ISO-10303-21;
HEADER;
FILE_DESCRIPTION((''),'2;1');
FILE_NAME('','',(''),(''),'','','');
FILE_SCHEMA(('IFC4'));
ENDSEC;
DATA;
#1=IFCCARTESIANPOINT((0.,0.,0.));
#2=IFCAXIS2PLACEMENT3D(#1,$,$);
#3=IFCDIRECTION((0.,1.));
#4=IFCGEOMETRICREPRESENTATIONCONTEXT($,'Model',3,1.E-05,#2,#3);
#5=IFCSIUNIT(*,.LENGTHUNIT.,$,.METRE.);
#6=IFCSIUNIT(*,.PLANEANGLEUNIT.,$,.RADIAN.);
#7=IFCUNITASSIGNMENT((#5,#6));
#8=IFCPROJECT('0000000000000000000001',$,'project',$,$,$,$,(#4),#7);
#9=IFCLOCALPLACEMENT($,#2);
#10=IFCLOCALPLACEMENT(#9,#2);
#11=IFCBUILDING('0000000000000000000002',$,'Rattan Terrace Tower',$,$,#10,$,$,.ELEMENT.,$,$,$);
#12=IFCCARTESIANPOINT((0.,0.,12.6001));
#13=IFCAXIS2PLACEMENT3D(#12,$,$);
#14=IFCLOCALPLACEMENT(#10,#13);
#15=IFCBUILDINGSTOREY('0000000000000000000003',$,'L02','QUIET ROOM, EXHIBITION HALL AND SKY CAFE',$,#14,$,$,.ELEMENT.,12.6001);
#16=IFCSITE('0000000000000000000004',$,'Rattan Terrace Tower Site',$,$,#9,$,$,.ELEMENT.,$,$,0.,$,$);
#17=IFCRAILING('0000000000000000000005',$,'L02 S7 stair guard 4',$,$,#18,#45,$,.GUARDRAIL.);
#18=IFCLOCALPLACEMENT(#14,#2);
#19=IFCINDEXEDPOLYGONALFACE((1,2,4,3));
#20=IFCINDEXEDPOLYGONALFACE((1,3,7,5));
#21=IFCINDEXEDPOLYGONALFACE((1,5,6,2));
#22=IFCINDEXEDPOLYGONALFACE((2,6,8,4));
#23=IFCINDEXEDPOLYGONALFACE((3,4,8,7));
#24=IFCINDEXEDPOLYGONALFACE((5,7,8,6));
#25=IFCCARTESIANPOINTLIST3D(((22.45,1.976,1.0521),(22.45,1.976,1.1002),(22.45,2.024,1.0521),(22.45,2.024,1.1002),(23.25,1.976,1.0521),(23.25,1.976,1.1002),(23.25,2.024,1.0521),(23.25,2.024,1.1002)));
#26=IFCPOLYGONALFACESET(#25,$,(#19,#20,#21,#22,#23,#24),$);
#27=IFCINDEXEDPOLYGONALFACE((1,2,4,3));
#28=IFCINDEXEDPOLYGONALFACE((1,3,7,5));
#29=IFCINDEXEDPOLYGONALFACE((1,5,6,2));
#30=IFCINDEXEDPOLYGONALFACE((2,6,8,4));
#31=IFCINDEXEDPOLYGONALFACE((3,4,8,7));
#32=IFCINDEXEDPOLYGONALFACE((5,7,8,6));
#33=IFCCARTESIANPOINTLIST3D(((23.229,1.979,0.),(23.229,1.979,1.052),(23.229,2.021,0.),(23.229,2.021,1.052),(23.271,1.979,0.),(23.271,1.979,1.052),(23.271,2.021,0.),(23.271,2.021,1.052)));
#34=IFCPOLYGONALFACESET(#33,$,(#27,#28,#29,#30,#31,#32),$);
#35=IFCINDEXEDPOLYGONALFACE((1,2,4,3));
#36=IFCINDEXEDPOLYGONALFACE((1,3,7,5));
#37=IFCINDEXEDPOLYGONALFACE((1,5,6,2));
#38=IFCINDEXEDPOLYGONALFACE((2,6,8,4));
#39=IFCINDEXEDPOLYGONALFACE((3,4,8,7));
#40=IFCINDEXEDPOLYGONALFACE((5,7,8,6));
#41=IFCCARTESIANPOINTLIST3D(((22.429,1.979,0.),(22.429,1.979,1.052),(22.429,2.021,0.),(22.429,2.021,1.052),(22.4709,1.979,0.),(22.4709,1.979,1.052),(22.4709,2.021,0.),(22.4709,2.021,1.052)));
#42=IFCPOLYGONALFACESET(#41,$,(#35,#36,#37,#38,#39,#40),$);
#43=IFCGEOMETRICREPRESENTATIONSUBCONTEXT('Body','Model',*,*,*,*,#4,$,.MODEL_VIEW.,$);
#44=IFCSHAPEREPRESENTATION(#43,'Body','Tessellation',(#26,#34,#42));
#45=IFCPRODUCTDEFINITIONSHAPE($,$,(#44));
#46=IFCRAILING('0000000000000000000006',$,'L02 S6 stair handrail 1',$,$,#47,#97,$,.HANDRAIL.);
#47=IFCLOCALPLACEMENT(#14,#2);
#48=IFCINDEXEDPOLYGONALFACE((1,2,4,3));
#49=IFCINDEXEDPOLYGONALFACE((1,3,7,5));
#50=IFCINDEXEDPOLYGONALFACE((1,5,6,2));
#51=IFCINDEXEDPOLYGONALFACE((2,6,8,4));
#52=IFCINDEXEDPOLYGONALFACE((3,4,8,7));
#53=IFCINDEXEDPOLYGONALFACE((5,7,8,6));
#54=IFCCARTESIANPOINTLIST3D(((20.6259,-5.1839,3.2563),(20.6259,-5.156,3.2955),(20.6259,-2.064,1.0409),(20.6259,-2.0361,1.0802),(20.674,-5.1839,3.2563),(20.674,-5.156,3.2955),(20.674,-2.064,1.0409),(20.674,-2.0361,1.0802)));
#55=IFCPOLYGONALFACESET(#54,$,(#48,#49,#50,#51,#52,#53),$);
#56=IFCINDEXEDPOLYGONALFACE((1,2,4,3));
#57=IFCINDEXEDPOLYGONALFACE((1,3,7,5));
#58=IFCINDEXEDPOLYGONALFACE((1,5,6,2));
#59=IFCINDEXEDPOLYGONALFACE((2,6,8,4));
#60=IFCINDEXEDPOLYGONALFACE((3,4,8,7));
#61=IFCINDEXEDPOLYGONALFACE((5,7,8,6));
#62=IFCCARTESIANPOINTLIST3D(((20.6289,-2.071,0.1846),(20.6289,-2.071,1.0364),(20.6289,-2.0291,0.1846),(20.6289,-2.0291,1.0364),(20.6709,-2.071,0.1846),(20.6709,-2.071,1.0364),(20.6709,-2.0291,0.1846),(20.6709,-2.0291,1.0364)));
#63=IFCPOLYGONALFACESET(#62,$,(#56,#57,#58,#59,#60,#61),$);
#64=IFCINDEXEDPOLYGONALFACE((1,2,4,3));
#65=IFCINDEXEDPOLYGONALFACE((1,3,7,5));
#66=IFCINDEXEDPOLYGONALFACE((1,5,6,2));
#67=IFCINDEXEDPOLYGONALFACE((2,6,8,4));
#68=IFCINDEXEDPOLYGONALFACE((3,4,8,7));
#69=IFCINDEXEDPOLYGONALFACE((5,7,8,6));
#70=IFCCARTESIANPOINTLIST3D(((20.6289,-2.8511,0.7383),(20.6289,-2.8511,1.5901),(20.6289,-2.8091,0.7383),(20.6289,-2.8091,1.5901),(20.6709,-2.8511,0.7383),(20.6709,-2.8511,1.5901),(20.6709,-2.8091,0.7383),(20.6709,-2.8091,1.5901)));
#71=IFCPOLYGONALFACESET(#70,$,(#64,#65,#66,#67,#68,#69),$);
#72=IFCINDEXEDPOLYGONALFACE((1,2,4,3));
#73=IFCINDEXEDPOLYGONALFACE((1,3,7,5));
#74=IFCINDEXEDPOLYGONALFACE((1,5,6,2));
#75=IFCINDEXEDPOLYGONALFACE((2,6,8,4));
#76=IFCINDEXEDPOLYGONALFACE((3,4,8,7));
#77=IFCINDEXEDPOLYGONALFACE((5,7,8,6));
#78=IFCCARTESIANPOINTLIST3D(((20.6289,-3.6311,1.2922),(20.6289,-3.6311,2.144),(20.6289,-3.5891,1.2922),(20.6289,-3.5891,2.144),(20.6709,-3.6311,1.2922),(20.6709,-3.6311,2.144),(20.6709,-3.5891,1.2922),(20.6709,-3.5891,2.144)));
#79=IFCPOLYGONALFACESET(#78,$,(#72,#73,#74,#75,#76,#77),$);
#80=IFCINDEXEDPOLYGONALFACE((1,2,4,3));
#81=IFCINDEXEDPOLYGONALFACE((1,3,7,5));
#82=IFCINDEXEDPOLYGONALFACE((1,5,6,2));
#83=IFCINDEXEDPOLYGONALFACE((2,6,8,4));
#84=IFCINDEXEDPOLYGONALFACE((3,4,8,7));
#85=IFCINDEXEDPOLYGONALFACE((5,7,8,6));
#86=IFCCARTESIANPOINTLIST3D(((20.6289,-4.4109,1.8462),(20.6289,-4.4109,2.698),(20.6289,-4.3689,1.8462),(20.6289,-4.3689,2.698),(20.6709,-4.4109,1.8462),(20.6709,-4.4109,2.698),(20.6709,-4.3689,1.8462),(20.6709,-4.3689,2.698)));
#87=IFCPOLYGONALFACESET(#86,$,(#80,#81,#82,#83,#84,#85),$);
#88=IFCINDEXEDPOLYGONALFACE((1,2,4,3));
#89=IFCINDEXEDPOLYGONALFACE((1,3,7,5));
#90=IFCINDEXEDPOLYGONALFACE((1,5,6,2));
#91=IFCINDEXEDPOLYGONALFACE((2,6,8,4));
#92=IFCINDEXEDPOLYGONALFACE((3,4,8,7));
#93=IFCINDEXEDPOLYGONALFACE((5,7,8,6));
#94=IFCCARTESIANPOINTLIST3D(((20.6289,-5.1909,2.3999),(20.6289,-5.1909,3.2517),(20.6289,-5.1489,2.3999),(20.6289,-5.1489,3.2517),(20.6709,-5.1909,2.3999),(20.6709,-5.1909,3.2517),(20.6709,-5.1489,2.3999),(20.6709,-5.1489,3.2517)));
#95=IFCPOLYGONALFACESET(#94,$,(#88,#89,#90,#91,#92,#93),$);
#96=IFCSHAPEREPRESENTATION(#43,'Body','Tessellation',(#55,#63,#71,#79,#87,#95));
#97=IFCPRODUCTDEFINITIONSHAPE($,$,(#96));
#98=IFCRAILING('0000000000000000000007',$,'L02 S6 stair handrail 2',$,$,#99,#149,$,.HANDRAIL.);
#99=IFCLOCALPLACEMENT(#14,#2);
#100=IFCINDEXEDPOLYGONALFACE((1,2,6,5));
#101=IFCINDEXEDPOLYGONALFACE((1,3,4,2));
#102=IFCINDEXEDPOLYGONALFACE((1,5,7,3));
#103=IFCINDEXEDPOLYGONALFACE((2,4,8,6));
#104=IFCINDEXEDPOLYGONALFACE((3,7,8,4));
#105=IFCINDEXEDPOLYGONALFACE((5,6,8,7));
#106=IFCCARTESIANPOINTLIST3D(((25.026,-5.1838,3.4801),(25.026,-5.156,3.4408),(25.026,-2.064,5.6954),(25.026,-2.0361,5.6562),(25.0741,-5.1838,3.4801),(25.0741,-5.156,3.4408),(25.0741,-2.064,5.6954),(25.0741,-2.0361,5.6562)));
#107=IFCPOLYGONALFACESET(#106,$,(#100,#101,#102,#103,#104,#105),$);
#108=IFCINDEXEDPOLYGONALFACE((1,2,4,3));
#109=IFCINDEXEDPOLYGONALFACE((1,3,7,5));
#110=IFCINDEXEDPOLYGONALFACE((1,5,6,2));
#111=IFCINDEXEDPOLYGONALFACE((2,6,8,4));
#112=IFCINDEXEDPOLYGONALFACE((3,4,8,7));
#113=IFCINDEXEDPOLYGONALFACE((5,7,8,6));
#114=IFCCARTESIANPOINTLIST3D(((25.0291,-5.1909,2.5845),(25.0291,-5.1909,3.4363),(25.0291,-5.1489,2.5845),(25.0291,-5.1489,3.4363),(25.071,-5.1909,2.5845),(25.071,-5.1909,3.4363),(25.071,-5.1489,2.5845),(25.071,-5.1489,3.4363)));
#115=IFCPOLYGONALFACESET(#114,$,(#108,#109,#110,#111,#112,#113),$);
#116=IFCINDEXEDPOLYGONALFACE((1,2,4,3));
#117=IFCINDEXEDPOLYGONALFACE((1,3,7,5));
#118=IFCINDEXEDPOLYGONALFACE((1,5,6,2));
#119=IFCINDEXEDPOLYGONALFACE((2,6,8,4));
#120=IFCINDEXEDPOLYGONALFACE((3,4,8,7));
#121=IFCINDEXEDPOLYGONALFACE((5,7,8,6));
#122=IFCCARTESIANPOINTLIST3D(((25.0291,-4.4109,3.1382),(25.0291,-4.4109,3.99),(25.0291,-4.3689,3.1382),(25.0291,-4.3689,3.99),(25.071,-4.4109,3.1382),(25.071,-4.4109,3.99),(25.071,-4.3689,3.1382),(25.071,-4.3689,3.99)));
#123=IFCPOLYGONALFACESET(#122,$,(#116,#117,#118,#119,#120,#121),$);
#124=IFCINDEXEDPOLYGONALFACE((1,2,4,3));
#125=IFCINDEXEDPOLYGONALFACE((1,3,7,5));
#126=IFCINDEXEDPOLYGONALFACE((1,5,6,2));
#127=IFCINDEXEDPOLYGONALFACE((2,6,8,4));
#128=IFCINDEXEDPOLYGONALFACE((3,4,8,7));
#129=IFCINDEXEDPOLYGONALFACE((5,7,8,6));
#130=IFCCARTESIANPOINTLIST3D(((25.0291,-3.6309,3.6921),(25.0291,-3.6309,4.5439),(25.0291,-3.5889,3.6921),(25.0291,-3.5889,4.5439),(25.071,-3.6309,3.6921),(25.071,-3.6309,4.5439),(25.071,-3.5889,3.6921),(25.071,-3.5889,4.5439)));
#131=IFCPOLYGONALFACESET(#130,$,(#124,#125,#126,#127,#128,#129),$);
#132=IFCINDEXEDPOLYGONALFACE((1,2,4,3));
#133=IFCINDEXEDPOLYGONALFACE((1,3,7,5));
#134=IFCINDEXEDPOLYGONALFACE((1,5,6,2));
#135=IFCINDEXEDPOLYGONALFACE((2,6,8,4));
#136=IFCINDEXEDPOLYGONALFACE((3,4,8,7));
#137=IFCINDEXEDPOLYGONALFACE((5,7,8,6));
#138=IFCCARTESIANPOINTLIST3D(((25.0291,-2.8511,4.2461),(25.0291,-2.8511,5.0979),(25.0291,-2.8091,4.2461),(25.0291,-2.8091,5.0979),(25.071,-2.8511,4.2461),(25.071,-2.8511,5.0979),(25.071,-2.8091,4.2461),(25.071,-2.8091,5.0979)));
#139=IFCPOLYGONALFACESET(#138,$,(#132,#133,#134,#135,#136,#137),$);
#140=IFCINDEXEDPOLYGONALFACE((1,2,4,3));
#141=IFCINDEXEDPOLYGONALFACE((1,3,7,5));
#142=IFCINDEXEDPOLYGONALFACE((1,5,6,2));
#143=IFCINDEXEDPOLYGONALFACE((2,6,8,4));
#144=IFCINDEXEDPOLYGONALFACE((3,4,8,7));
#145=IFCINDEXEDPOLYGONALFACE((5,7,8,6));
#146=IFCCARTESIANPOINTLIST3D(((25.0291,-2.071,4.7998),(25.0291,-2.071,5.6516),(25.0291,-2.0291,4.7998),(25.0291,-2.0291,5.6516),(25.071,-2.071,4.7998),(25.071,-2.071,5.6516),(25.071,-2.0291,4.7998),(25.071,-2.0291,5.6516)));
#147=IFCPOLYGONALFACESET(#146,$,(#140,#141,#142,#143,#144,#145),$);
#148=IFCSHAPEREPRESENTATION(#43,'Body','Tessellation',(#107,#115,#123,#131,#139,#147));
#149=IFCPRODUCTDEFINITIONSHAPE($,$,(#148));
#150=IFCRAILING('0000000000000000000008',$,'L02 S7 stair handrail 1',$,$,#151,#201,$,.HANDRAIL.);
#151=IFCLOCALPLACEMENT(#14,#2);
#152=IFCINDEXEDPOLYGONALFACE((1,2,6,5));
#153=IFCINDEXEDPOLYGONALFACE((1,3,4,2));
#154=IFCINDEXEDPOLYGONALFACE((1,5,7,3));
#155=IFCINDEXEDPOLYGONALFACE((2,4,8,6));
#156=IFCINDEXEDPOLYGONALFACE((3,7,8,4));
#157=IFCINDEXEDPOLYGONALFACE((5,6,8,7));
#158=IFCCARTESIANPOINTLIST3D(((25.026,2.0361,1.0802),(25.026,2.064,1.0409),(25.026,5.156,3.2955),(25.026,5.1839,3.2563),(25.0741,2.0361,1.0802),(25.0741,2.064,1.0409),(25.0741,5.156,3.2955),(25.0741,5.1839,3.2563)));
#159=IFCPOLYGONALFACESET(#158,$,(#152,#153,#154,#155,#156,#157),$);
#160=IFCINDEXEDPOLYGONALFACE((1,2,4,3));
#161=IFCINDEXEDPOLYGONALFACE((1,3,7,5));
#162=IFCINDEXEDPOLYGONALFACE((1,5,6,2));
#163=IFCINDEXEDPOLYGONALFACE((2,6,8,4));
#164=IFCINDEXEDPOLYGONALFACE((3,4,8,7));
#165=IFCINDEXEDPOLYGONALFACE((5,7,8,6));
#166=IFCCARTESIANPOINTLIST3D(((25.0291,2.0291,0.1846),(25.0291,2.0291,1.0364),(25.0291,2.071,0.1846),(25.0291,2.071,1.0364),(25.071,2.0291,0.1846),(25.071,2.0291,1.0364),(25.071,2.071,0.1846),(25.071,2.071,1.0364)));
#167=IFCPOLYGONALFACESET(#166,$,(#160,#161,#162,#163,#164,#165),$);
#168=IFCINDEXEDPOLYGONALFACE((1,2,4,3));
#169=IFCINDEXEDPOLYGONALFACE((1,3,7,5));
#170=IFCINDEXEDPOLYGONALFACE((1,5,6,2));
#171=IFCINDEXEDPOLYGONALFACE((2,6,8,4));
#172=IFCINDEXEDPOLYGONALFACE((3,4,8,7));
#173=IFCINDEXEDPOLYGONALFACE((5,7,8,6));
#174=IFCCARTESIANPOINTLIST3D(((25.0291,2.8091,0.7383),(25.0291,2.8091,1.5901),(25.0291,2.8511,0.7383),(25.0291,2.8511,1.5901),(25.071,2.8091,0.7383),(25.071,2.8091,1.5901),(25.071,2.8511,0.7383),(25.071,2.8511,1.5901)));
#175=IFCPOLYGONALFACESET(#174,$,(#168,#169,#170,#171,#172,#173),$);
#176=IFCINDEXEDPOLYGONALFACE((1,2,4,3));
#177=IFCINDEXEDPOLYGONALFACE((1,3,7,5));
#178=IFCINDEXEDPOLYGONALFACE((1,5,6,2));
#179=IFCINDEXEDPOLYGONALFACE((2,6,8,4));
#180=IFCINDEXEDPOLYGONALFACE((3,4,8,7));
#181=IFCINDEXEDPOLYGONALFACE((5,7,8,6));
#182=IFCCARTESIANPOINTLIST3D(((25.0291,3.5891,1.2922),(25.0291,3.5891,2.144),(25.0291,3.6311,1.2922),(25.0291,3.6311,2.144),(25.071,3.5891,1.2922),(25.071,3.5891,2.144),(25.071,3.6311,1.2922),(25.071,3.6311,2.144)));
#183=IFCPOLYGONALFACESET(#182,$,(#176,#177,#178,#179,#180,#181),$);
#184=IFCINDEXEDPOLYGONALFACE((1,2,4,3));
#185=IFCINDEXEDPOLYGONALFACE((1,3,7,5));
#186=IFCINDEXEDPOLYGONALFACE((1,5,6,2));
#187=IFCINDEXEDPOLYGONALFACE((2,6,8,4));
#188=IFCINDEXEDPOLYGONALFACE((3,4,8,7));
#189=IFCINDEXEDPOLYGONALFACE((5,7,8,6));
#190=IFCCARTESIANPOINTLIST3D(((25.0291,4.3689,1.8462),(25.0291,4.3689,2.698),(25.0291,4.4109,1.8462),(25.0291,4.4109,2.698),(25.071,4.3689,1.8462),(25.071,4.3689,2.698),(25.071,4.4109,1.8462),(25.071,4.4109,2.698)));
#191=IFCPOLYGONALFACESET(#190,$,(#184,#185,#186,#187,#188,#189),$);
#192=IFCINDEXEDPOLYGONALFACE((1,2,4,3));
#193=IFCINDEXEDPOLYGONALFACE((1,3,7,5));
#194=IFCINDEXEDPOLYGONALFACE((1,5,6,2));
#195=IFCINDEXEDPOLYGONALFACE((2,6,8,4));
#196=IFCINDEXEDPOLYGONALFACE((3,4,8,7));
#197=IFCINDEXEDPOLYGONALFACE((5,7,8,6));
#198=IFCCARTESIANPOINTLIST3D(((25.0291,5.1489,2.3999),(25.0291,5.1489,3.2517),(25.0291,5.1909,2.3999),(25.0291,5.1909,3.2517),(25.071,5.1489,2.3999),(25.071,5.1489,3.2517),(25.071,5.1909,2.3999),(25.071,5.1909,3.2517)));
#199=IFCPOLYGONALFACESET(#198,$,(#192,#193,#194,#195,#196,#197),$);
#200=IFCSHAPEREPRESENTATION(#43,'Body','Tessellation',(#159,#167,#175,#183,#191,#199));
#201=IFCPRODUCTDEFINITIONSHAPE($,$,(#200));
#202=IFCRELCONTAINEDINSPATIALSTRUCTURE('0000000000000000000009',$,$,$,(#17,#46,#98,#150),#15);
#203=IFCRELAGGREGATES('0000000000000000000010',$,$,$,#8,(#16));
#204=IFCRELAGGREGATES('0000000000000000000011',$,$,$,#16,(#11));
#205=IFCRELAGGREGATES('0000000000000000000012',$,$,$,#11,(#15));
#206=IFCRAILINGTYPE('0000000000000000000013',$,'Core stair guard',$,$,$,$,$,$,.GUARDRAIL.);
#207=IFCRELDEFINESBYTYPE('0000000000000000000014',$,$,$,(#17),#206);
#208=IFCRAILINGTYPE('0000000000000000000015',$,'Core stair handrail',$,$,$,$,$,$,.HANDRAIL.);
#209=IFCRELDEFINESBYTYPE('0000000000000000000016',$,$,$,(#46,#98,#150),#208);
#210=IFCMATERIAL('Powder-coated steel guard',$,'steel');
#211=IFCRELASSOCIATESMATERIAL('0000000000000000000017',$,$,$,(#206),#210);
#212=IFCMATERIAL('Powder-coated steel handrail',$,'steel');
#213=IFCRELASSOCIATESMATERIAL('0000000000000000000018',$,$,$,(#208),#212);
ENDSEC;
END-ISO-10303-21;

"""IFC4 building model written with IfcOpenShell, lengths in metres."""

from ifc_helpers import new_model, si_unit, direction, frame, origin, origin_2d, place, context, subcontext, project, spatial, rectangle, extrude, material, type_object, element, save


model = new_model("IFC4")

# Units and contexts
model_context = context("Model", 3, precision=1e-05, world=origin(), true_north=direction((0.0, 1.0)))
body_context = subcontext(model_context, "Body", "Model", "MODEL_VIEW")
ifc_project = project(units=[si_unit("LENGTHUNIT", "METRE"), si_unit("PLANEANGLEUNIT", "RADIAN")], contexts=[model_context])

# Site, building, storey
site_placement = place(None, origin())
site = spatial("IfcSite", under=ifc_project, at=site_placement, Name="Rattan Terrace Tower Site", CompositionType="ELEMENT", RefElevation=0.0)
building_placement = place(site_placement, origin())
building = spatial("IfcBuilding", under=site, at=building_placement, Name="Rattan Terrace Tower", CompositionType="ELEMENT")
storey_placement = place(building_placement, frame((0.0, 0.0, 12.6001)))
storey = spatial("IfcBuildingStorey", under=building, at=storey_placement, Name="L02", Description="QUIET ROOM, EXHIBITION HALL AND SKY CAFE", CompositionType="ELEMENT", Elevation=12.6001)

# Railings
ifc_material_1 = material(Name="Powder-coated steel guard", Category="steel")
railing_type_1 = type_object("IfcRailingType", Name="Core stair guard", PredefinedType="GUARDRAIL", material=ifc_material_1)
railing_1_placement = place(storey_placement, frame((23.25, 2.0, 0.0)))
element("IfcRailing", 1, at=railing_1_placement, inside=storey, type_object=railing_type_1, Name="L02 S7 stair guard 4", PredefinedType="GUARDRAIL", context=body_context, shape_type="SweptSolid", body=[
    extrude(rectangle(XDim=0.0481, YDim=0.0481, at=origin_2d()), frame((0.0, 0.0, 1.0762), z_axis=(-1.0, 0.0, 0.0), x_axis=(0.0, -1.0, 0.0)), (0.0, 0.0, 1.0), 0.8),
    extrude(rectangle(XDim=0.042, YDim=0.042, at=origin_2d()), origin(), (0.0, 0.0, 1.0), 1.052),
    extrude(rectangle(XDim=0.042, YDim=0.042, at=origin_2d()), frame((-0.8, 0.0, 0.0)), (0.0, 0.0, 1.0), 1.052),
])
ifc_material_2 = material(Name="Powder-coated steel handrail", Category="steel")
railing_type_2 = type_object("IfcRailingType", Name="Core stair handrail", PredefinedType="HANDRAIL", material=ifc_material_2)
railing_2_placement = place(storey_placement, frame((20.6499, -2.05, 0.1846)))
element("IfcRailing", 2, at=railing_2_placement, inside=storey, type_object=railing_type_2, Name="L02 S6 stair handrail 1", PredefinedType="HANDRAIL", context=body_context, shape_type="SweptSolid", body=[
    extrude(rectangle(XDim=0.0481, YDim=0.0481, at=origin_2d()), frame((0.0, 0.0, 0.876), z_axis=(0.0, -0.815356, 0.578961), x_axis=(1.0, 0.0, 0.0)), (0.0, 0.0, 1.0), 3.8264),
    extrude(rectangle(XDim=0.042, YDim=0.042, at=origin_2d()), origin(), (0.0, 0.0, 1.0), 0.8518),
    extrude(rectangle(XDim=0.042, YDim=0.042, at=origin_2d()), frame((0.0, -0.78, 0.5537)), (0.0, 0.0, 1.0), 0.8518),
    extrude(rectangle(XDim=0.042, YDim=0.042, at=origin_2d()), frame((0.0, -1.5601, 1.1077)), (0.0, 0.0, 1.0), 0.8518),
    extrude(rectangle(XDim=0.042, YDim=0.042, at=origin_2d()), frame((0.0, -2.3398, 1.6616)), (0.0, 0.0, 1.0), 0.8518),
    extrude(rectangle(XDim=0.042, YDim=0.042, at=origin_2d()), frame((0.0, -3.1199, 2.2153)), (0.0, 0.0, 1.0), 0.8518),
])
for number, where, name in (
    (3, (25.05, -5.1699, 2.5845), "L02 S6 stair handrail 2"),
    (4, (25.05, 2.05, 0.1846), "L02 S7 stair handrail 1"),
):
    element("IfcRailing", number, at=place(storey_placement, frame(where)), inside=storey, type_object=railing_type_2, Name=name, PredefinedType="HANDRAIL", context=body_context, shape_type="SweptSolid", body=[
        extrude(rectangle(XDim=0.0481, YDim=0.0481, at=origin_2d()), frame((0.0, 0.0, 0.876), z_axis=(0.0, 0.815356, 0.578961), x_axis=(-1.0, 0.0, 0.0)), (0.0, 0.0, 1.0), 3.8264),
        extrude(rectangle(XDim=0.042, YDim=0.042, at=origin_2d()), origin(), (0.0, 0.0, 1.0), 0.8518),
        extrude(rectangle(XDim=0.042, YDim=0.042, at=origin_2d()), frame((0.0, 0.78, 0.5537)), (0.0, 0.0, 1.0), 0.8518),
        extrude(rectangle(XDim=0.042, YDim=0.042, at=origin_2d()), frame((0.0, 1.5601, 1.1077)), (0.0, 0.0, 1.0), 0.8518),
        extrude(rectangle(XDim=0.042, YDim=0.042, at=origin_2d()), frame((0.0, 2.3398, 1.6616)), (0.0, 0.0, 1.0), 0.8518),
        extrude(rectangle(XDim=0.042, YDim=0.042, at=origin_2d()), frame((0.0, 3.1199, 2.2153)), (0.0, 0.0, 1.0), 0.8518),
    ])

save(model, "model.ifc")
